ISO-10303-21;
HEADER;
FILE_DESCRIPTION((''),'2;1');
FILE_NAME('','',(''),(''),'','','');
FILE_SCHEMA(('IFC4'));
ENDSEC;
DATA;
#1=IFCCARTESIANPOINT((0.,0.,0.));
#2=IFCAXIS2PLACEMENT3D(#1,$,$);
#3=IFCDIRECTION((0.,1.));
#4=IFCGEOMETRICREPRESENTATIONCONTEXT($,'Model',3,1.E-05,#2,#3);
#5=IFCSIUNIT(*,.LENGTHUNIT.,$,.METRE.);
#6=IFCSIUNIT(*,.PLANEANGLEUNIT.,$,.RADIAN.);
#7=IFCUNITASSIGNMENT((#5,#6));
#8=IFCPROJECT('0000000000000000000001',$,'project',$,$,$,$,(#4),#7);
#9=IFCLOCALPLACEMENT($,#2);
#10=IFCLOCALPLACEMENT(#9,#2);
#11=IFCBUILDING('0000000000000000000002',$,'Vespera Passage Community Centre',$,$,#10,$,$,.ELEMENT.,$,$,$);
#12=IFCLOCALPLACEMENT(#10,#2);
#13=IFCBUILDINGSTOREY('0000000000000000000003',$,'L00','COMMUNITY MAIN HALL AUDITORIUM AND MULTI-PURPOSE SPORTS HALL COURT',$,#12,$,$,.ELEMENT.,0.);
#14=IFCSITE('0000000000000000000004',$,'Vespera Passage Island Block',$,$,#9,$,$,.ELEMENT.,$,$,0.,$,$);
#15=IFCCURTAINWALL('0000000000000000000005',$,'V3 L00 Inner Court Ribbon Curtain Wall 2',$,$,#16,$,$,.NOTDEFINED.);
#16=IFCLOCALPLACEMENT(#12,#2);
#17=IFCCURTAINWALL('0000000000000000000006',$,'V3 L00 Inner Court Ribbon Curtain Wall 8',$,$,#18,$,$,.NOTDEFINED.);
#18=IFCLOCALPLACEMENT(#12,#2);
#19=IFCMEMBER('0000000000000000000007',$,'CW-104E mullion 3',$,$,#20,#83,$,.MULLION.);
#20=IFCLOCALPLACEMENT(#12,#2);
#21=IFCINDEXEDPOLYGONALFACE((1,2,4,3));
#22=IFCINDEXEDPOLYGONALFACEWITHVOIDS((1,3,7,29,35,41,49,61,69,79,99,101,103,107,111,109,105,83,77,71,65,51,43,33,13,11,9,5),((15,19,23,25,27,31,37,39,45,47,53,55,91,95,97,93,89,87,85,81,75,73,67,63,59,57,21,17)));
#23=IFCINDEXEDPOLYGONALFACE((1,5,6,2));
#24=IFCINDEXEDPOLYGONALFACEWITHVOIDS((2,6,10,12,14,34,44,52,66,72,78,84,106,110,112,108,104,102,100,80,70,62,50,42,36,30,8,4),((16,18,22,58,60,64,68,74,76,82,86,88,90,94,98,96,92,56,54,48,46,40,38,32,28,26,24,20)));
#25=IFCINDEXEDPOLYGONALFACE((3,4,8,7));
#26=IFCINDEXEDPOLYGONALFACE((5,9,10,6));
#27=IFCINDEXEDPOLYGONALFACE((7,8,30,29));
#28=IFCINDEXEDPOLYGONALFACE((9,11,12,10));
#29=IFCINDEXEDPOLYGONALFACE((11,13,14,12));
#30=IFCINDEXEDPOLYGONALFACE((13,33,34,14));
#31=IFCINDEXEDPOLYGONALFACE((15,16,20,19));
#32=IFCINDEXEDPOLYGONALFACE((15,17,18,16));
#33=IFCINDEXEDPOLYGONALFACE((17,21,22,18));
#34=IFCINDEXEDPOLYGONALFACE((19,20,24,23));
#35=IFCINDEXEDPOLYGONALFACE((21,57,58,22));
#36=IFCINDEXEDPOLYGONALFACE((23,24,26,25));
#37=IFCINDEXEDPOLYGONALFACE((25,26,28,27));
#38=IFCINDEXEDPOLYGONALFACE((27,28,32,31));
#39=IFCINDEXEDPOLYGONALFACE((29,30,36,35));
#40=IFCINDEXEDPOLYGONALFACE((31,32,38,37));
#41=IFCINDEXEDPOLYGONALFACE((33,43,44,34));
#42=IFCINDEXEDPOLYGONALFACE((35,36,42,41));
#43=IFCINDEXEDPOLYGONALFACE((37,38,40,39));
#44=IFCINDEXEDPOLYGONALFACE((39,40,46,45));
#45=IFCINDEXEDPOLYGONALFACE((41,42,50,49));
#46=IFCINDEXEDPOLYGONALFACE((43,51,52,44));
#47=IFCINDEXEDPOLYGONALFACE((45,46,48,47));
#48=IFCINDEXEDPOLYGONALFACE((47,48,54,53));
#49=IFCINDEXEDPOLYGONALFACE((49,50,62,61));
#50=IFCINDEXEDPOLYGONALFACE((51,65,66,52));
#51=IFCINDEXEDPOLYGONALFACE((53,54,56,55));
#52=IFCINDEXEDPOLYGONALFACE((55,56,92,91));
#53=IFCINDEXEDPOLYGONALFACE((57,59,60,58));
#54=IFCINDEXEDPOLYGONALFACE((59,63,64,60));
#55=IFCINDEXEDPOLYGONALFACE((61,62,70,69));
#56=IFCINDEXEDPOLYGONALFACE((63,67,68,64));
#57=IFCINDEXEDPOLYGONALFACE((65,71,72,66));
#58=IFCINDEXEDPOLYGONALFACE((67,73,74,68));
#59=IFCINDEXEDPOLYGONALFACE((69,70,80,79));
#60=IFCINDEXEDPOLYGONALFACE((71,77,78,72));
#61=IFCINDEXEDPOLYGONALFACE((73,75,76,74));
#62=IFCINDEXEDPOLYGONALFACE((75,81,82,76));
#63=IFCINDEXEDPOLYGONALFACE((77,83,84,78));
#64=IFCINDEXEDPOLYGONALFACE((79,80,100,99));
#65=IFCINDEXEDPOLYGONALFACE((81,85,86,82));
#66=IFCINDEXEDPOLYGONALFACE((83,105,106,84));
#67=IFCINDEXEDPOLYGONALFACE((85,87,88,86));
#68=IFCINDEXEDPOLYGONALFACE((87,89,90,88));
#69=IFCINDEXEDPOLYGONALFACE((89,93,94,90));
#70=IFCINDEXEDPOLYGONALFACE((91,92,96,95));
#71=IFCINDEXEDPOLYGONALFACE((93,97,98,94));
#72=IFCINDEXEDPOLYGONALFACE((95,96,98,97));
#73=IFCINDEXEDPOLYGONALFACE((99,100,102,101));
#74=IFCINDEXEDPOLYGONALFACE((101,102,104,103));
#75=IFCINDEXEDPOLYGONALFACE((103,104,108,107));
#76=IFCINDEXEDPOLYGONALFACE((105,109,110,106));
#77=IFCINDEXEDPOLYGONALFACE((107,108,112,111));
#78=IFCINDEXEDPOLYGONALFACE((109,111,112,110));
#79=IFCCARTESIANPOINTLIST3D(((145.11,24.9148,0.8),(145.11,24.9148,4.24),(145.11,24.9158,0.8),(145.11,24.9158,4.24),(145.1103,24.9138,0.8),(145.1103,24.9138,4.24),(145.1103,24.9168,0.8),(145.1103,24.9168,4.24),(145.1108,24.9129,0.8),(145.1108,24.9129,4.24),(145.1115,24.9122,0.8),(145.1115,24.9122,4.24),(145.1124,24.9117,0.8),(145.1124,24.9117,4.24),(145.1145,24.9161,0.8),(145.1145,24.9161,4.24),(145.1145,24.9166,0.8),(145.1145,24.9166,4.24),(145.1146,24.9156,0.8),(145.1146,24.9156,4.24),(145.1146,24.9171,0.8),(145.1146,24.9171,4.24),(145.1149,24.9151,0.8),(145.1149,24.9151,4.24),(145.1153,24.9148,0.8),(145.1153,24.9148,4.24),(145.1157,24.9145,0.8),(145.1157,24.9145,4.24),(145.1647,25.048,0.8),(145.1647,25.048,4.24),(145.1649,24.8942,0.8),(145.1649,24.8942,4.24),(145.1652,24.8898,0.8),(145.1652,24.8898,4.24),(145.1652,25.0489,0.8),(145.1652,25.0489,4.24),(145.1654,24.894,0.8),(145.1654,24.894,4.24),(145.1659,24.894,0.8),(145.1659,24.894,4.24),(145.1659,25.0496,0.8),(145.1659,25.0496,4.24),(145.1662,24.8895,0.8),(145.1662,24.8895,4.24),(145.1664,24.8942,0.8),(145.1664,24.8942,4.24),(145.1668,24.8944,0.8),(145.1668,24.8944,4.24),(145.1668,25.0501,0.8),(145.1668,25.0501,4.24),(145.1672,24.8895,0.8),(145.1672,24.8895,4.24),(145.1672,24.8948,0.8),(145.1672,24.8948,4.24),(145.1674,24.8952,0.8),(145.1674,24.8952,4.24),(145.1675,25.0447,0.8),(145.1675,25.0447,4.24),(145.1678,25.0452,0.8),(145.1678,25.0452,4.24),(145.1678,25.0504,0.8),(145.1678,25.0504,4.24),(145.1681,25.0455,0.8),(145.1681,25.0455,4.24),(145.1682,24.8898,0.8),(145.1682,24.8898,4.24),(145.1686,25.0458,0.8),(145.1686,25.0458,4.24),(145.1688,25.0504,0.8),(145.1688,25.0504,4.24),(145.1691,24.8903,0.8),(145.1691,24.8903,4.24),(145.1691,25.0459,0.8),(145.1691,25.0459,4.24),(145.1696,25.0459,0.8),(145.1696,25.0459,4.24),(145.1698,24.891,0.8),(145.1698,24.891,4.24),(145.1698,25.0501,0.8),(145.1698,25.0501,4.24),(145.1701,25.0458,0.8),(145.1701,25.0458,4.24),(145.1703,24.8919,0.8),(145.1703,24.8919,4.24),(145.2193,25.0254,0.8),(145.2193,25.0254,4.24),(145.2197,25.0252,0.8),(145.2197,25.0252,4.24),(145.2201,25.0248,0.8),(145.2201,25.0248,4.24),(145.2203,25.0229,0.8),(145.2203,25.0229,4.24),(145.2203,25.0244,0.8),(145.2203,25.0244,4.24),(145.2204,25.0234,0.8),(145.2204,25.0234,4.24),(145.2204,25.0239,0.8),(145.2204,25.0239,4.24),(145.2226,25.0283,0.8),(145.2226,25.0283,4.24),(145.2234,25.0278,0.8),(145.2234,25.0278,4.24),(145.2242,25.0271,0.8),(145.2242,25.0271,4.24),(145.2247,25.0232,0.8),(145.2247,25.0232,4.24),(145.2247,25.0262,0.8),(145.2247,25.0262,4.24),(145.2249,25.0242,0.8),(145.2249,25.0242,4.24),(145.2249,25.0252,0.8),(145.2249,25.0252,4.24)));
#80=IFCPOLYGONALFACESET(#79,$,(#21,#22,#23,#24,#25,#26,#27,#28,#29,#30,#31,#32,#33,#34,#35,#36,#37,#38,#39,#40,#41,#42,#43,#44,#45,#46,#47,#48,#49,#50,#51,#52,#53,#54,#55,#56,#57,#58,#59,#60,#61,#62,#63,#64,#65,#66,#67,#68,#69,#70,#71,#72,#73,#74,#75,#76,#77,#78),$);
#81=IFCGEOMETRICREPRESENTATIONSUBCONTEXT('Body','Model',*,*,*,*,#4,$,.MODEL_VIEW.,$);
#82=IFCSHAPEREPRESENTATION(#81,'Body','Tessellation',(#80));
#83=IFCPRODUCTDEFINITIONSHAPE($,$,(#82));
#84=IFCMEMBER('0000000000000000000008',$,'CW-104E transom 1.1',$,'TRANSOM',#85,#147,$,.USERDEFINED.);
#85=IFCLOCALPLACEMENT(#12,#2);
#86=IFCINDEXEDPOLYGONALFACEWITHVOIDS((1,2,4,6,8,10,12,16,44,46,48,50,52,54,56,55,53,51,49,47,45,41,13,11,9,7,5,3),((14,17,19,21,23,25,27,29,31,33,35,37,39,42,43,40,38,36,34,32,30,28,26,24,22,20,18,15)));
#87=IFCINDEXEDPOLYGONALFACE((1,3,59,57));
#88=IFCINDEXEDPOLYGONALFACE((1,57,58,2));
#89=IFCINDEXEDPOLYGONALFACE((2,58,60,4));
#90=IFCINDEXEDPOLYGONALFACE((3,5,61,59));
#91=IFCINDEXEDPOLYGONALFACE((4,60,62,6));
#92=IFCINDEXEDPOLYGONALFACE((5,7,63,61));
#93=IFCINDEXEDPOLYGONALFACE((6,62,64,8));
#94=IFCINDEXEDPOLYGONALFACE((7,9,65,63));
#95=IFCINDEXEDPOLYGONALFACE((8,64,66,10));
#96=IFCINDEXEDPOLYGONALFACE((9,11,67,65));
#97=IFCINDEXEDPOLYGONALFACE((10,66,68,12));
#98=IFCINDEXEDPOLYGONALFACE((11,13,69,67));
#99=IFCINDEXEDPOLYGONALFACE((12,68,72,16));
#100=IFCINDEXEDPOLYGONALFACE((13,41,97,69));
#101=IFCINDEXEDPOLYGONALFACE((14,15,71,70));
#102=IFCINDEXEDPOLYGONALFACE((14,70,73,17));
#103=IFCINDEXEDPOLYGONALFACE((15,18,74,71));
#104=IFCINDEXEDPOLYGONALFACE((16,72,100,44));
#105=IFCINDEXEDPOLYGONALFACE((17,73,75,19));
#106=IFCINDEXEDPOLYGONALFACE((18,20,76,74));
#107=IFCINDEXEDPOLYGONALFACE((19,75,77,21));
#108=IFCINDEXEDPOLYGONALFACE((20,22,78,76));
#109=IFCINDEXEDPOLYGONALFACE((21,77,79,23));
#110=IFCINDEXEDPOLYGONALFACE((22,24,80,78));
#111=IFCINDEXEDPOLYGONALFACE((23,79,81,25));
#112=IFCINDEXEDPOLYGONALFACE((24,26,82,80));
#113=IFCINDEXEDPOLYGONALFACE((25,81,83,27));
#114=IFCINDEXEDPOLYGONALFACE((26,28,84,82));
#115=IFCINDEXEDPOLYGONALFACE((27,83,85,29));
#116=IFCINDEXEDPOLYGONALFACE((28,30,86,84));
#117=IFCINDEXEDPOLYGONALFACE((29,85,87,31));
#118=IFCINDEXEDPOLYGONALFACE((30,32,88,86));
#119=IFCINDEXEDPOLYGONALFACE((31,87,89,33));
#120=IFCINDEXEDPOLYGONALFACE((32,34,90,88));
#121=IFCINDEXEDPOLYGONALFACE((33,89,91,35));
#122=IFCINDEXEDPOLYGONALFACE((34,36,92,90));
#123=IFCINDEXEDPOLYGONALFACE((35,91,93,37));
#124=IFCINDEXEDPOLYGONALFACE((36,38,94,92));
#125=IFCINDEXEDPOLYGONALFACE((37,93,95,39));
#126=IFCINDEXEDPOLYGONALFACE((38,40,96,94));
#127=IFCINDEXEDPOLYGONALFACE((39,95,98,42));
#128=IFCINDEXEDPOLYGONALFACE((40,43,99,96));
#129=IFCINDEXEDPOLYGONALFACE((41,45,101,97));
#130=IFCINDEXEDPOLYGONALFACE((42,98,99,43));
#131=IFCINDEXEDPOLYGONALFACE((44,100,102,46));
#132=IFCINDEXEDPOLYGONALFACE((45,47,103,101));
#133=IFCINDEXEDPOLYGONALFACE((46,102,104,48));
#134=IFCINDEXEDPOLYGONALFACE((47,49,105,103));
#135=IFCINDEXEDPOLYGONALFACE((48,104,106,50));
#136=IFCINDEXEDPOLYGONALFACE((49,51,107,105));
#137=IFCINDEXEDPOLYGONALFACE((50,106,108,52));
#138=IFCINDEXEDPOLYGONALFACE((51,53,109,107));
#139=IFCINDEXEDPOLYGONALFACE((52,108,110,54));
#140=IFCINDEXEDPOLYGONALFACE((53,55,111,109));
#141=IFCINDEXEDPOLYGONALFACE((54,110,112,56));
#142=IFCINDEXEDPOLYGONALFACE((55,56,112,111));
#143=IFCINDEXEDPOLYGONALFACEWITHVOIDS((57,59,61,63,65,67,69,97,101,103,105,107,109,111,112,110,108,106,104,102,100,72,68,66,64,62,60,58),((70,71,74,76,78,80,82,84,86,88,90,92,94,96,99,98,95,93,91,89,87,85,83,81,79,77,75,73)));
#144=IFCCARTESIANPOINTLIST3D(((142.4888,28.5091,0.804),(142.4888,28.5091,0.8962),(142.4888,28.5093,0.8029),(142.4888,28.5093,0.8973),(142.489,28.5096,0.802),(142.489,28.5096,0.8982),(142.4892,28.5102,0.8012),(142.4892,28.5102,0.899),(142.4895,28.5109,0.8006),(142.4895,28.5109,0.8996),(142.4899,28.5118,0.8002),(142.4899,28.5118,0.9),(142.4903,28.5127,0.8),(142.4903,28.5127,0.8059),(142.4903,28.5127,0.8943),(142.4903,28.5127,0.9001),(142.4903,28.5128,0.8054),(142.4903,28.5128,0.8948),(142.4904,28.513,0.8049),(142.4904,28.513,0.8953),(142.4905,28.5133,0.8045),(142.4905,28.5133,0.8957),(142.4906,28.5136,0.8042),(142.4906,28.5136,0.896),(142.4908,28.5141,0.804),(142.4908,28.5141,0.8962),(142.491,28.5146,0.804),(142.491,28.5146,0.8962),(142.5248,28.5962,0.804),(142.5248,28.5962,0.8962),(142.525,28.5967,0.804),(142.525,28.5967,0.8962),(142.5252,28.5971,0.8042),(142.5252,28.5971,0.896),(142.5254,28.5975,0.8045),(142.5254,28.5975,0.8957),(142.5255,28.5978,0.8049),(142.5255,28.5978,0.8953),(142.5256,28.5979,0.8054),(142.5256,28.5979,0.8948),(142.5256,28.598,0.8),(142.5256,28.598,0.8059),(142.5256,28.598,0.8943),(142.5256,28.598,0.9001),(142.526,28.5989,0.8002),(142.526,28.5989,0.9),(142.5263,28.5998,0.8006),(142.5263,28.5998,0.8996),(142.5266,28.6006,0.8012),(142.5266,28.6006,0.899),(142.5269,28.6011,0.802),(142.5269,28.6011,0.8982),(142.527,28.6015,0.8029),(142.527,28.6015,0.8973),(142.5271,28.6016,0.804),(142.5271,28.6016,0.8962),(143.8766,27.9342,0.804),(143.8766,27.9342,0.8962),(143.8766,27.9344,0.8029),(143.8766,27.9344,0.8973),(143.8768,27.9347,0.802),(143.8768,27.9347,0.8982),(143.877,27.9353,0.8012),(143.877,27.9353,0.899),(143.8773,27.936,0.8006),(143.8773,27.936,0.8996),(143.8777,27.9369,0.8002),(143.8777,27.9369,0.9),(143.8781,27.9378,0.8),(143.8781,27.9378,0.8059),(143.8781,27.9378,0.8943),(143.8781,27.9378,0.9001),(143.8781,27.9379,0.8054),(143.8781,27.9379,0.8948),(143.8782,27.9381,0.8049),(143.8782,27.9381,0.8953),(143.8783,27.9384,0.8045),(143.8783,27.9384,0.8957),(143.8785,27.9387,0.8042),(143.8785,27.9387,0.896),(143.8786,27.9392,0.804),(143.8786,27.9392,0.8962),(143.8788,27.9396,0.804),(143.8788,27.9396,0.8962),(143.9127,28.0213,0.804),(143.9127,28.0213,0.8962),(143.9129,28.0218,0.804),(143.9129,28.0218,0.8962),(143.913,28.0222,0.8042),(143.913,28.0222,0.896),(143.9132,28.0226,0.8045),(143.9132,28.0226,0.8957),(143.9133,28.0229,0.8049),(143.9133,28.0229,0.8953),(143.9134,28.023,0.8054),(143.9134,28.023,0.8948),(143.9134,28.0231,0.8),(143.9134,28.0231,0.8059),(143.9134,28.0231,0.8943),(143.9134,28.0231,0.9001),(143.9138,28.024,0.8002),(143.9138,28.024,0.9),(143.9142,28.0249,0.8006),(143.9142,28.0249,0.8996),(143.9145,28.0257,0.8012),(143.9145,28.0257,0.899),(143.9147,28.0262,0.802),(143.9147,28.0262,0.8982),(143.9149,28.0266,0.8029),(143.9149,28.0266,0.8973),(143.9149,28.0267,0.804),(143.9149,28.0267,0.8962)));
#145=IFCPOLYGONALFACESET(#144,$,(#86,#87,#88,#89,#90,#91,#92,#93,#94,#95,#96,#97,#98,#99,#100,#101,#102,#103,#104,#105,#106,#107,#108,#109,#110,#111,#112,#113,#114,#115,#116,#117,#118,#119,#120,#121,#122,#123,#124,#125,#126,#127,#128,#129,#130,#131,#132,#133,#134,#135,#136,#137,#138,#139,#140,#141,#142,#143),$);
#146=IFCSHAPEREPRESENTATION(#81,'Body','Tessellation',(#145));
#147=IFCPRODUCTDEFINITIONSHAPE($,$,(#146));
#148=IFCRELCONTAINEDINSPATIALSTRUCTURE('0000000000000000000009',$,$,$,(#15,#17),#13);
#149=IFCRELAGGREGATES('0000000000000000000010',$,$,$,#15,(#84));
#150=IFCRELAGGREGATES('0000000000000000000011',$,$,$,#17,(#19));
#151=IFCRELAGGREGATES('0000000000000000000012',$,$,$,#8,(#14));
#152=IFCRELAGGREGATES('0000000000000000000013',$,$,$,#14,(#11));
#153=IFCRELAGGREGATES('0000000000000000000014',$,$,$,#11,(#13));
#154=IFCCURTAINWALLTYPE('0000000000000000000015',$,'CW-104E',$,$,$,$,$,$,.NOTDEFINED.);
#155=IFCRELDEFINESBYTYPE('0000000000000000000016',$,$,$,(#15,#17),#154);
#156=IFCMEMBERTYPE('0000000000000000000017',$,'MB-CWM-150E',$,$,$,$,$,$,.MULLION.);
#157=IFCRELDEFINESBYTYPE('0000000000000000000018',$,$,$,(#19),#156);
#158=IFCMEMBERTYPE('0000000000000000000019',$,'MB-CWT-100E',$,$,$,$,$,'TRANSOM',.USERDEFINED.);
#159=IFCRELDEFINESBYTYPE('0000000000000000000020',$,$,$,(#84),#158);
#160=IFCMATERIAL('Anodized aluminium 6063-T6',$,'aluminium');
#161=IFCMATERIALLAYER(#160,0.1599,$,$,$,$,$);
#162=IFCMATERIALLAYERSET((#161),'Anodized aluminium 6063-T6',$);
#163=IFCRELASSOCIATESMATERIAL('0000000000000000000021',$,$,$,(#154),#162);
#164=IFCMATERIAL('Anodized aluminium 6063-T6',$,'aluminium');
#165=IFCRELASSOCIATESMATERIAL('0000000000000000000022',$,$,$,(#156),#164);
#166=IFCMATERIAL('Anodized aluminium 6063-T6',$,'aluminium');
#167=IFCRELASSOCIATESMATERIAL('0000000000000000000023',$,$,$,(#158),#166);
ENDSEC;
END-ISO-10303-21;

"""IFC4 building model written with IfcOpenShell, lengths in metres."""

from ifc_helpers import new_model, si_unit, direction, frame, origin, origin_2d, place, context, subcontext, project, spatial, hollow_rectangle, extrude, material, layer, layer_set, material_profile, profile_set, type_object, element, aggregate, save


model = new_model("IFC4")

# Units and contexts
model_context = context("Model", 3, precision=1e-05, world=origin(), true_north=direction((0.0, 1.0)))
body_context = subcontext(model_context, "Body", "Model", "MODEL_VIEW")
ifc_project = project(units=[si_unit("LENGTHUNIT", "METRE"), si_unit("PLANEANGLEUNIT", "RADIAN")], contexts=[model_context])

# Site, building, storey
site_placement = place(None, origin())
site = spatial("IfcSite", under=ifc_project, at=site_placement, Name="Vespera Passage Island Block", CompositionType="ELEMENT", RefElevation=0.0)
building_placement = place(site_placement, origin())
building = spatial("IfcBuilding", under=site, at=building_placement, Name="Vespera Passage Community Centre", CompositionType="ELEMENT")
storey_placement = place(building_placement, origin())
storey = spatial("IfcBuildingStorey", under=building, at=storey_placement, Name="L00", Description="COMMUNITY MAIN HALL AUDITORIUM AND MULTI-PURPOSE SPORTS HALL COURT", CompositionType="ELEMENT", Elevation=0.0)

# Curtain wall
ifc_material_1 = material(Name="Anodized aluminium 6063-T6", Category="aluminium")
ifc_layer_1 = layer(ifc_material_1, 0.1599)
ifc_layer_set_1 = layer_set([ifc_layer_1], Name="Anodized aluminium 6063-T6")
curtain_wall_type = type_object("IfcCurtainWallType", Name="CW-104E", PredefinedType="NOTDEFINED", material=ifc_layer_set_1)
curtain_wall_1_placement = place(storey_placement, origin())
curtain_wall_1 = element("IfcCurtainWall", 1, at=curtain_wall_1_placement, inside=storey, type_object=curtain_wall_type, Name="V3 L00 Inner Court Ribbon Curtain Wall 2", PredefinedType="NOTDEFINED")
ifc_material_2 = material(Name="Anodized aluminium 6063-T6", Category="aluminium")
ifc_material_profile_1 = material_profile(ifc_material_2, hollow_rectangle(XDim=0.0649, YDim=0.1499, WallThickness=0.0039, InnerFilletRadius=0.002, OuterFilletRadius=0.0039, at=origin_2d()), Name="ALU150X65X4")
ifc_profile_set_1 = profile_set([ifc_material_profile_1], Name="Anodized aluminium 6063-T6")
member_type_1 = type_object("IfcMemberType", Name="MB-CWM-150E", PredefinedType="MULLION", material=ifc_profile_set_1)

# Curtain wall, member
curtain_wall_2_placement = place(storey_placement, origin())
curtain_wall_2 = element("IfcCurtainWall", 2, at=curtain_wall_2_placement, inside=storey, type_object=curtain_wall_type, Name="V3 L00 Inner Court Ribbon Curtain Wall 8", PredefinedType="NOTDEFINED")
member_1_placement = place(storey_placement, frame((145.1675, 24.97, 0.8), z_axis=(0.0, 0.0, 1.0), x_axis=(-0.923879, 0.382686, 0.0)))
member_1 = element("IfcMember", 3, at=member_1_placement, type_object=member_type_1, Name="CW-104E mullion 3", PredefinedType="MULLION", context=body_context, shape_type="SweptSolid", body=[
    extrude(hollow_rectangle(XDim=0.0649, YDim=0.1499, WallThickness=0.0039, InnerFilletRadius=0.002, OuterFilletRadius=0.0039, at=origin_2d()), origin(), (0.0, 0.0, 1.0), 3.4399),
])

# Member
ifc_material_3 = material(Name="Anodized aluminium 6063-T6", Category="aluminium")
ifc_material_profile_2 = material_profile(ifc_material_3, hollow_rectangle(XDim=0.1001, YDim=0.1001, WallThickness=0.0039, InnerFilletRadius=0.002, OuterFilletRadius=0.0039, at=origin_2d()), Name="ALU100X100X4")
ifc_profile_set_2 = profile_set([ifc_material_profile_2], Name="Anodized aluminium 6063-T6")
member_type_2 = type_object("IfcMemberType", Name="MB-CWT-100E", ElementType="TRANSOM", PredefinedType="USERDEFINED", material=ifc_profile_set_2)
member_2_placement = place(storey_placement, frame((143.8958, 27.9805, 0.8501), z_axis=(-0.923868, 0.382711, 0.0), x_axis=(-0.382711, -0.923868, 0.0)))
member_2 = element("IfcMember", 4, at=member_2_placement, type_object=member_type_2, Name="CW-104E transom 1.1", ObjectType="TRANSOM", PredefinedType="USERDEFINED", context=body_context, shape_type="SweptSolid", body=[
    extrude(hollow_rectangle(XDim=0.1001, YDim=0.1001, WallThickness=0.0039, InnerFilletRadius=0.002, OuterFilletRadius=0.0039, at=origin_2d()), origin(), (0.0, 0.0, 1.0), 1.5022),
])

aggregate(curtain_wall_1, [member_2])
aggregate(curtain_wall_2, [member_1])

save(model, "model.ifc")
